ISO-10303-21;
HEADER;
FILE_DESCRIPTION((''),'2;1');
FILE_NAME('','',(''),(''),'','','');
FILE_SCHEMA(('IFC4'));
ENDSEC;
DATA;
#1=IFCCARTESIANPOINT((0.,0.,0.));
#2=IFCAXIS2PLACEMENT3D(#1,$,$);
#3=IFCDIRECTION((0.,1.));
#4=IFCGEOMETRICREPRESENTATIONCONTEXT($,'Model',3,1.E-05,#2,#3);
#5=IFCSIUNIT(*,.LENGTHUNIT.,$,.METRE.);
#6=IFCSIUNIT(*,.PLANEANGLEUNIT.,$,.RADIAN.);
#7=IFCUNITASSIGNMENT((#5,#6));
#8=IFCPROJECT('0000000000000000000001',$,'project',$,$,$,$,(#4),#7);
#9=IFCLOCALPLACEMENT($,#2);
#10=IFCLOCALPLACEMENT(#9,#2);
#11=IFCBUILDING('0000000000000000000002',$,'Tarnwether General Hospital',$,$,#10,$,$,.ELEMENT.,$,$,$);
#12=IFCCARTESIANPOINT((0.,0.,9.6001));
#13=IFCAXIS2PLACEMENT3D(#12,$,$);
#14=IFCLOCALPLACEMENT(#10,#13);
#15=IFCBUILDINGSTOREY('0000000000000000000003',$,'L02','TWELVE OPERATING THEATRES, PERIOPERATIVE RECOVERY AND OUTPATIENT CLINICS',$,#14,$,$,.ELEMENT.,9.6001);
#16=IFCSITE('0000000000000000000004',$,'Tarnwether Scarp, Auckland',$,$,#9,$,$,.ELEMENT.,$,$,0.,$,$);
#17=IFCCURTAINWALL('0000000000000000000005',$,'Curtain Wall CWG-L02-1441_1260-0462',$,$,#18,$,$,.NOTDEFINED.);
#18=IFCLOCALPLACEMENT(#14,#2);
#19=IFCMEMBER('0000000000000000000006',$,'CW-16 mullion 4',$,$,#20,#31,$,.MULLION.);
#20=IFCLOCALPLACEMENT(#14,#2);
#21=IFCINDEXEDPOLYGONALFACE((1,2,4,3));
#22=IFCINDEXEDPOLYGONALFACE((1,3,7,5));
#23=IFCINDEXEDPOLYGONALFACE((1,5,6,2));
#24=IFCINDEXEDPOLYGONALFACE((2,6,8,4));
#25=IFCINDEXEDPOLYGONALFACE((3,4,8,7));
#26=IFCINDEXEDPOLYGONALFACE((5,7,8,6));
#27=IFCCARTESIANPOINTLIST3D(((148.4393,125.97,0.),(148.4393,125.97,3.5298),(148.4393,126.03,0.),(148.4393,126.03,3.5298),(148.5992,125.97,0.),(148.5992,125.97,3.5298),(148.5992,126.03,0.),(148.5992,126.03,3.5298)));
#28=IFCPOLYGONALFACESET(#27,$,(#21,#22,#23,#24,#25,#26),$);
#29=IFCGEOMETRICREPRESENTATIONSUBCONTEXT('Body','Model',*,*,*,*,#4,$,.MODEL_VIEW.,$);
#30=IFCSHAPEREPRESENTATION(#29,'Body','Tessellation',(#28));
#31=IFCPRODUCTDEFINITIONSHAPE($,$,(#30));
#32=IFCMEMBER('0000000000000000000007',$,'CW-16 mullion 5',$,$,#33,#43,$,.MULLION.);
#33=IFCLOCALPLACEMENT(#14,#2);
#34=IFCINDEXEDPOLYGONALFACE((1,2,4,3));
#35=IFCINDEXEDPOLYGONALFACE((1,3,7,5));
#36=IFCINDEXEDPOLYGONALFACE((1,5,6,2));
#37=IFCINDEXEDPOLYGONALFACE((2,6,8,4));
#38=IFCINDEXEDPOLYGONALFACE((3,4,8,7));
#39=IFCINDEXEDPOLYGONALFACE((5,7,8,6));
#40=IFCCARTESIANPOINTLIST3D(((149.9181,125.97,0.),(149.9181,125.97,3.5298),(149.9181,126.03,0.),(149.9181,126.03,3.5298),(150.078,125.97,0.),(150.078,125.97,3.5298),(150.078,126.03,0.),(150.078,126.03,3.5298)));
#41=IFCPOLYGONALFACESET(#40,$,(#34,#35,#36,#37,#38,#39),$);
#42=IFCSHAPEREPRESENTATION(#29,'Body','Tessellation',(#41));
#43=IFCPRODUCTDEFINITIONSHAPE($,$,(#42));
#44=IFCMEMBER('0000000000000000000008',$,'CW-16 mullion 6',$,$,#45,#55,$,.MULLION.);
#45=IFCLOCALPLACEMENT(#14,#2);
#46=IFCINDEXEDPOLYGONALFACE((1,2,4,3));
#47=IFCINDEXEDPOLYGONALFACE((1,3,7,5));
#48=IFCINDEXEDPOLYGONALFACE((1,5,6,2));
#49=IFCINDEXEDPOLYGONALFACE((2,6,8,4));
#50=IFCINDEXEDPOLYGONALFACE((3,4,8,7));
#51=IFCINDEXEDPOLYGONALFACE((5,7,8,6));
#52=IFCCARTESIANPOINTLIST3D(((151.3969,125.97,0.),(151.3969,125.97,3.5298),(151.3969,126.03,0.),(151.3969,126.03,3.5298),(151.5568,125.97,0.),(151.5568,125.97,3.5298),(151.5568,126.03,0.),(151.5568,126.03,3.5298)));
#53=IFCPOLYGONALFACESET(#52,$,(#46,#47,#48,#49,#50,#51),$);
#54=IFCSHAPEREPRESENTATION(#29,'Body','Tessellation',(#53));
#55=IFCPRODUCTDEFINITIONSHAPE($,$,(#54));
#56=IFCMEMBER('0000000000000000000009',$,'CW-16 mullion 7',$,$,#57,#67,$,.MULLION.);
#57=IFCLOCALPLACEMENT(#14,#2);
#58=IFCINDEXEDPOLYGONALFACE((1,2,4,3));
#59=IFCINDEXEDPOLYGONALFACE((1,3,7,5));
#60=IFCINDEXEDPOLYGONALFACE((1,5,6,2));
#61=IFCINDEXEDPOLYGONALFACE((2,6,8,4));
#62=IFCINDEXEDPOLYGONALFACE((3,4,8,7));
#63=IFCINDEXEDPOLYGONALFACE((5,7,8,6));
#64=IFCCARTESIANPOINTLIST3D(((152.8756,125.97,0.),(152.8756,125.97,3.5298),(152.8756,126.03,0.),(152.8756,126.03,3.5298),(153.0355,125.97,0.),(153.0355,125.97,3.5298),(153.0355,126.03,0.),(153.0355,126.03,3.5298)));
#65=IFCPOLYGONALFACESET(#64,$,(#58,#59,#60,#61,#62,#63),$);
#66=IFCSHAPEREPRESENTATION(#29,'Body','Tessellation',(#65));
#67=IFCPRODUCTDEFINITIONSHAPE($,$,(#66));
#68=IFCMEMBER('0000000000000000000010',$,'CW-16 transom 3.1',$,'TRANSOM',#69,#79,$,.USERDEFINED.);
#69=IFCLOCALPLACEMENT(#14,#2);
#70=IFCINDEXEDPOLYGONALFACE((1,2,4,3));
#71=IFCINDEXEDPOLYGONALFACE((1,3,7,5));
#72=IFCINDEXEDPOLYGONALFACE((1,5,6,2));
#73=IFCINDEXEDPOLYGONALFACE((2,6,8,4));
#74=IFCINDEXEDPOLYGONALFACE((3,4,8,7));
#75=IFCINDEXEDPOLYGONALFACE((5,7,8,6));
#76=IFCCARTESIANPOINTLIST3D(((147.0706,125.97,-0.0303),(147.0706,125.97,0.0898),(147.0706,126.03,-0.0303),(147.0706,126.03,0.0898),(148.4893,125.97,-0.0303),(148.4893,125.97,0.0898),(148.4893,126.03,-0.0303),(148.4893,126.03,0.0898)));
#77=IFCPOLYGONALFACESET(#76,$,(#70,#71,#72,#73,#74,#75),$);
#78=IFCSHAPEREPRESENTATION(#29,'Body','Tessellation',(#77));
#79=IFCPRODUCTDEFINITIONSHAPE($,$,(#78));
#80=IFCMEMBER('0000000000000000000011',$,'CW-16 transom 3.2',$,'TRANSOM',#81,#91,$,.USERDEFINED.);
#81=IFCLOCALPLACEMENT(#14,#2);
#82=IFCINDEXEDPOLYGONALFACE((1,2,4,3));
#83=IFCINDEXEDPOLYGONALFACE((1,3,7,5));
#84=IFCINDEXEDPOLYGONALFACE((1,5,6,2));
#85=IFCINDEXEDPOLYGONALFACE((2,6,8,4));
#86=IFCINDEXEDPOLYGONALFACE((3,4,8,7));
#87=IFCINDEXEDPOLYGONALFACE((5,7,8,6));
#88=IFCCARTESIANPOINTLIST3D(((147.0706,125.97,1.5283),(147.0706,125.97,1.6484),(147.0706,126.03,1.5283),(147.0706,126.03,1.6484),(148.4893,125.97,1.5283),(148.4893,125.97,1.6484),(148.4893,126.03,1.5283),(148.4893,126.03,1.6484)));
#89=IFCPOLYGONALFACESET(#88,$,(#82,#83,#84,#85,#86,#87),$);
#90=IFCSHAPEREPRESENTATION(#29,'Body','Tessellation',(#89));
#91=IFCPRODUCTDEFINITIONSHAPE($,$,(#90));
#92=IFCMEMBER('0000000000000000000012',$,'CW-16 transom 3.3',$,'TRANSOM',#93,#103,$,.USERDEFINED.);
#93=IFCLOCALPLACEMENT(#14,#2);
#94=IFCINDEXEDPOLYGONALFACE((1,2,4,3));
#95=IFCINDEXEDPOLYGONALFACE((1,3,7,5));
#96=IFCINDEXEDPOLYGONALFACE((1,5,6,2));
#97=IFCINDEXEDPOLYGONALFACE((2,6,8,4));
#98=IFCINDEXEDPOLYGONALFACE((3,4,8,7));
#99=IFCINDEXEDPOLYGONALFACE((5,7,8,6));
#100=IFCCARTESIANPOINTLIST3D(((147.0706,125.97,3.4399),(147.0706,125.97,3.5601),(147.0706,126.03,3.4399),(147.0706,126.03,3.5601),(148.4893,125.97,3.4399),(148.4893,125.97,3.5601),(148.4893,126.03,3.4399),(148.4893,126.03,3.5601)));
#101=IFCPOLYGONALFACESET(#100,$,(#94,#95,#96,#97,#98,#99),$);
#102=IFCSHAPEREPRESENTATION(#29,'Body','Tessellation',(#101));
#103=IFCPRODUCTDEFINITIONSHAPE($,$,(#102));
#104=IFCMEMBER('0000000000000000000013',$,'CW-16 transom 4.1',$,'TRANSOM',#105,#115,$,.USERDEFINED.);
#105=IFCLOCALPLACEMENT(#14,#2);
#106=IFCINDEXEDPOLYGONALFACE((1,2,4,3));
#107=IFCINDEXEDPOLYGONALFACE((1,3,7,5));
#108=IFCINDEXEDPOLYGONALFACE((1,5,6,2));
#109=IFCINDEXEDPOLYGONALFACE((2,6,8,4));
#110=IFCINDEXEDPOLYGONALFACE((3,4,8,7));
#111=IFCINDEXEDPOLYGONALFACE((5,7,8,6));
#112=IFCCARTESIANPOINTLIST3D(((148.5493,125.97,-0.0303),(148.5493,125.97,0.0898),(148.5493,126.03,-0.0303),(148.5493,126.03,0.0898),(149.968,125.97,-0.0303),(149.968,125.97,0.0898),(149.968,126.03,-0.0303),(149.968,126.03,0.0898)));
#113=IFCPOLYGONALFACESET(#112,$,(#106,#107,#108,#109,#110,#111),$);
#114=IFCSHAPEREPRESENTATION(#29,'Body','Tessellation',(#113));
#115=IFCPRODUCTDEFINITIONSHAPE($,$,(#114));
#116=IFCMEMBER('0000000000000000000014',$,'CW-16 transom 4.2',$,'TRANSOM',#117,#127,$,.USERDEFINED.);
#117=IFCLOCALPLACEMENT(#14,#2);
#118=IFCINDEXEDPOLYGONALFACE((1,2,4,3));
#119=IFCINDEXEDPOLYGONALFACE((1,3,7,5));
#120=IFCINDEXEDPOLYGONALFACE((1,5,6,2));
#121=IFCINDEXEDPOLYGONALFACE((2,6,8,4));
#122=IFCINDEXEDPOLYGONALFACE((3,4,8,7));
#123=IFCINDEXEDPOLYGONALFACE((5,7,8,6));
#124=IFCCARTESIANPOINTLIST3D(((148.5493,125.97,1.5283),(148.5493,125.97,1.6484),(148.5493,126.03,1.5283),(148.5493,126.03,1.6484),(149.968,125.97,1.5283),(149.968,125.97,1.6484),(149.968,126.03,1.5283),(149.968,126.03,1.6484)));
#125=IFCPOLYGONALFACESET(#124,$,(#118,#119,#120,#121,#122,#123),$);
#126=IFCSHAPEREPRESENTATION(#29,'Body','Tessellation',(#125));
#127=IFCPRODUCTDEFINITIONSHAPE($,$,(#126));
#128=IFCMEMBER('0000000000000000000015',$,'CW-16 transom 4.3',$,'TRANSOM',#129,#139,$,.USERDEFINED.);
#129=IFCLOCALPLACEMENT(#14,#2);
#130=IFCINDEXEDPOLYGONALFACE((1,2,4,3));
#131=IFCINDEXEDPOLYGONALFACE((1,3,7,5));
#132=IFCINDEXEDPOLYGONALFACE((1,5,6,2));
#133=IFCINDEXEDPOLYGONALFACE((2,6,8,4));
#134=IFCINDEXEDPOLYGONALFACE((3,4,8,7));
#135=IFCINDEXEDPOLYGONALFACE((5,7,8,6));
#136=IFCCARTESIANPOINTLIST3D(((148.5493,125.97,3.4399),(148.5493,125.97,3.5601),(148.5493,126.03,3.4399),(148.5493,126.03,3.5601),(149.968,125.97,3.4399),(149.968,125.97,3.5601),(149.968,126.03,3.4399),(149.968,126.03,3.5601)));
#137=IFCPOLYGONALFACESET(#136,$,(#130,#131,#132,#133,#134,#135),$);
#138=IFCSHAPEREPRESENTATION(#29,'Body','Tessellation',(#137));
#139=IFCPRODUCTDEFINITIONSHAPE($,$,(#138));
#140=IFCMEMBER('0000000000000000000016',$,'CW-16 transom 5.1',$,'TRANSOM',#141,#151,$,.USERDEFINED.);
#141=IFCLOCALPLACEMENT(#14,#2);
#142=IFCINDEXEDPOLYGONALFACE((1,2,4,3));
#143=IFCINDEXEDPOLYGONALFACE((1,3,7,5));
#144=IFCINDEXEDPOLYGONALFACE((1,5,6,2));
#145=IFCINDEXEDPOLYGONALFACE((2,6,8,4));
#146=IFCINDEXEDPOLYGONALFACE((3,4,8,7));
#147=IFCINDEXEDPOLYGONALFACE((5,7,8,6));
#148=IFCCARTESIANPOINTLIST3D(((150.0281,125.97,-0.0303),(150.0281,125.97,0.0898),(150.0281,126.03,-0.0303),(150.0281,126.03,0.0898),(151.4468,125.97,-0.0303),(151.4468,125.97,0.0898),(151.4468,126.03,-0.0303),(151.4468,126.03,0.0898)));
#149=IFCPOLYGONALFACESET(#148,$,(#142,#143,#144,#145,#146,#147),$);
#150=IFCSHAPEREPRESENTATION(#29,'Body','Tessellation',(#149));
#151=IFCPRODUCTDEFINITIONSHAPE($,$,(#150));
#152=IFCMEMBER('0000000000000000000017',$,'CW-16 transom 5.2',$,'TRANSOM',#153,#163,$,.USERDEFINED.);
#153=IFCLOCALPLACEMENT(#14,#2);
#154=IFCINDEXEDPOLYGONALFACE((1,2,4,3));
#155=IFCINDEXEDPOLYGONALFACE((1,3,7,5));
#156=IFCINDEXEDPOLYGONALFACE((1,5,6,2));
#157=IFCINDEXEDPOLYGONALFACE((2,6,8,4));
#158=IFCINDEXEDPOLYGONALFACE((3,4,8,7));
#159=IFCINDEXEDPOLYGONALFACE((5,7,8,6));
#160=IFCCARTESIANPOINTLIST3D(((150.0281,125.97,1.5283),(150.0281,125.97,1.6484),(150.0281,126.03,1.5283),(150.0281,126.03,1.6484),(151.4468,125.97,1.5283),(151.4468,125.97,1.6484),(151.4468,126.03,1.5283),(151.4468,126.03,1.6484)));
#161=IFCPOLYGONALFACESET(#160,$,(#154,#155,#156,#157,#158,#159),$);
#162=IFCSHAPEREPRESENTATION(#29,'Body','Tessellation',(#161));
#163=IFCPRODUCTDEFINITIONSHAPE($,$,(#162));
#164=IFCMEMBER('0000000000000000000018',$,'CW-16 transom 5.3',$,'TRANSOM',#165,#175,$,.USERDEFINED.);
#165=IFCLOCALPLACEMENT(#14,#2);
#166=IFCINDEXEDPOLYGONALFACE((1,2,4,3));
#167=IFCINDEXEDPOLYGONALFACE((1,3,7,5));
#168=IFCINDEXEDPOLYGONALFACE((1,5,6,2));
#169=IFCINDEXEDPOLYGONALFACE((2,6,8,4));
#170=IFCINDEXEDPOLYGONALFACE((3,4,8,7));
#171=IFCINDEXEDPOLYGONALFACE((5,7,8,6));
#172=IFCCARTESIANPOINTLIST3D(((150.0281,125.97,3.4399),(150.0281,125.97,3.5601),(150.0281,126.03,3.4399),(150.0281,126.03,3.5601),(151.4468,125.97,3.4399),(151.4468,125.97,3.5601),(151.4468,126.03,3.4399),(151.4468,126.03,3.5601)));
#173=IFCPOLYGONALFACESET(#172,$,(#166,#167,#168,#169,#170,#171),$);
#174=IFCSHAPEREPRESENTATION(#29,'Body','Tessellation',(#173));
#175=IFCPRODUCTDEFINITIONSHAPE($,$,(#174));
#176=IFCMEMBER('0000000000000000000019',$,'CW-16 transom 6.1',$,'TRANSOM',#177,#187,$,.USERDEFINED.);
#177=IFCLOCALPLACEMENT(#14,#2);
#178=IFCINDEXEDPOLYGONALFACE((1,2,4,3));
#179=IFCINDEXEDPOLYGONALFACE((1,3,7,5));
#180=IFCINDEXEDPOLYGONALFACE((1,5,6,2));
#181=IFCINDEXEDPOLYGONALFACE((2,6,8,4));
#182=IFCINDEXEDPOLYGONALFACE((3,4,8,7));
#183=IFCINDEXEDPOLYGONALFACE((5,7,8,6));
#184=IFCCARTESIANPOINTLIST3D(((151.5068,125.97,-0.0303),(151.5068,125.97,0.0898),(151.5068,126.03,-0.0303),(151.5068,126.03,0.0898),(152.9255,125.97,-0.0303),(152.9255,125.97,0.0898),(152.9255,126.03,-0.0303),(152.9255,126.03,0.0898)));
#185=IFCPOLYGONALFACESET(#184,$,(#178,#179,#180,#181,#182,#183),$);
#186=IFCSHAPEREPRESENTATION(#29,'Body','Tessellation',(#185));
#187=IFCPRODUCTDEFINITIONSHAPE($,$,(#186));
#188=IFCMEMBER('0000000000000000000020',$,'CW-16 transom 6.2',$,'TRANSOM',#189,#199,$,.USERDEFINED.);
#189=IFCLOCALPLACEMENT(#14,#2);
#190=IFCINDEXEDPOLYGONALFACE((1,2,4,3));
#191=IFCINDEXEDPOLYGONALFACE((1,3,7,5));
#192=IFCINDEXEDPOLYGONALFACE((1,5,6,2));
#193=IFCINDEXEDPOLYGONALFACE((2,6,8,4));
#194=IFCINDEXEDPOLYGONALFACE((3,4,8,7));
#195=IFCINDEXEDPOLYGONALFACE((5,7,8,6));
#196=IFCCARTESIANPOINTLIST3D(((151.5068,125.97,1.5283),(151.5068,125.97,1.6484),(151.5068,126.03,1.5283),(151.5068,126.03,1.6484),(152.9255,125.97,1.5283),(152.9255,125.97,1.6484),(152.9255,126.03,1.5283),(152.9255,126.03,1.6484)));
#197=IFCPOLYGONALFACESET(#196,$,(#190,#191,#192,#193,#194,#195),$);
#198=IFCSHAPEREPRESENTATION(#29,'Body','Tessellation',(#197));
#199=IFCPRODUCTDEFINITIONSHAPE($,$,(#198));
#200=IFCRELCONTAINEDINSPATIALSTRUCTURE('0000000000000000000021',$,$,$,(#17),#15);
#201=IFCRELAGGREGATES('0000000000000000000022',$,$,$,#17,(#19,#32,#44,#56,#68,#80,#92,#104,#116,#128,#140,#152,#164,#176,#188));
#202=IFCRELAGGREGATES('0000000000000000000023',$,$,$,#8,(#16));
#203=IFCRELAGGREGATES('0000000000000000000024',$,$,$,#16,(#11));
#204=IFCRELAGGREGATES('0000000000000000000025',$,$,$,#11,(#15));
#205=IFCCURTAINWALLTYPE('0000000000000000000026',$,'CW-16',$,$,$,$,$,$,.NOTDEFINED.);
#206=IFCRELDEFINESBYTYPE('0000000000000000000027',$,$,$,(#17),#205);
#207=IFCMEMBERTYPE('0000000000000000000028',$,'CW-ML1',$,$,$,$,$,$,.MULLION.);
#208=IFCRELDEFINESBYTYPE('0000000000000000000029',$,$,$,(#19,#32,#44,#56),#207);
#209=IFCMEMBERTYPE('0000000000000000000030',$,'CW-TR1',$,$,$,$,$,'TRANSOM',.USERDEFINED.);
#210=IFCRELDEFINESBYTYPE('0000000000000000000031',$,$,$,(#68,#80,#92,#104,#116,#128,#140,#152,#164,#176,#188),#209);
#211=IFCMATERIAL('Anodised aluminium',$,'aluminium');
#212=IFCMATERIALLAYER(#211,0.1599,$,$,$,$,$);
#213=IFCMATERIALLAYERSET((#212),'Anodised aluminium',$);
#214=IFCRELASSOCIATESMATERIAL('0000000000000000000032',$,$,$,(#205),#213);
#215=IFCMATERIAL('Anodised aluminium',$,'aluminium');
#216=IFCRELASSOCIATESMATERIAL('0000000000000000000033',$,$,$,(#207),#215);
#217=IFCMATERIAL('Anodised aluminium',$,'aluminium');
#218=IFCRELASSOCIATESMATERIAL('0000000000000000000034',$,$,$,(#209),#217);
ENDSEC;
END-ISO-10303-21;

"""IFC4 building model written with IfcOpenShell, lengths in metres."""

from ifc_helpers import new_model, si_unit, direction, frame, origin, origin_2d, place, context, subcontext, project, spatial, rectangle, extrude, material, layer, layer_set, material_profile, profile_set, type_object, element, aggregate, save


model = new_model("IFC4")

# Units and contexts
model_context = context("Model", 3, precision=1e-05, world=origin(), true_north=direction((0.0, 1.0)))
body_context = subcontext(model_context, "Body", "Model", "MODEL_VIEW")
ifc_project = project(units=[si_unit("LENGTHUNIT", "METRE"), si_unit("PLANEANGLEUNIT", "RADIAN")], contexts=[model_context])

# Site, building, storey
site_placement = place(None, origin())
site = spatial("IfcSite", under=ifc_project, at=site_placement, Name="Tarnwether Scarp, Auckland", CompositionType="ELEMENT", RefElevation=0.0)
building_placement = place(site_placement, origin())
building = spatial("IfcBuilding", under=site, at=building_placement, Name="Tarnwether General Hospital", CompositionType="ELEMENT")
storey_placement = place(building_placement, frame((0.0, 0.0, 9.6001)))
storey = spatial("IfcBuildingStorey", under=building, at=storey_placement, Name="L02", Description="TWELVE OPERATING THEATRES, PERIOPERATIVE RECOVERY AND OUTPATIENT CLINICS", CompositionType="ELEMENT", Elevation=9.6001)

# Curtain wall, members
ifc_material_1 = material(Name="Anodised aluminium", Category="aluminium")
ifc_layer_1 = layer(ifc_material_1, 0.1599)
ifc_layer_set_1 = layer_set([ifc_layer_1], Name="Anodised aluminium")
curtain_wall_type = type_object("IfcCurtainWallType", Name="CW-16", PredefinedType="NOTDEFINED", material=ifc_layer_set_1)
curtain_wall_placement = place(storey_placement, origin())
curtain_wall = element("IfcCurtainWall", 1, at=curtain_wall_placement, inside=storey, type_object=curtain_wall_type, Name="Curtain Wall CWG-L02-1441_1260-0462", PredefinedType="NOTDEFINED")
ifc_material_2 = material(Name="Anodised aluminium", Category="aluminium")
ifc_material_profile_1 = material_profile(ifc_material_2, rectangle(XDim=0.0601, YDim=0.1599, at=origin_2d()), Name="ALU-MUL-60x160")
ifc_profile_set_1 = profile_set([ifc_material_profile_1], Name="Anodised aluminium")
member_type_1 = type_object("IfcMemberType", Name="CW-ML1", PredefinedType="MULLION", material=ifc_profile_set_1)
member_1_placement = place(storey_placement, frame((148.5193, 126.0, 0.0), z_axis=(0.0, 0.0, 1.0), x_axis=(0.0, 1.0, 0.0)))
member_1 = element("IfcMember", 2, at=member_1_placement, type_object=member_type_1, Name="CW-16 mullion 4", PredefinedType="MULLION", context=body_context, shape_type="SweptSolid", body=[
    extrude(rectangle(XDim=0.0601, YDim=0.1599, at=origin_2d()), origin(), (0.0, 0.0, 1.0), 3.5298),
])
member_2_placement = place(storey_placement, frame((149.998, 126.0, 0.0), z_axis=(0.0, 0.0, 1.0), x_axis=(0.0, 1.0, 0.0)))
member_2 = element("IfcMember", 3, at=member_2_placement, type_object=member_type_1, Name="CW-16 mullion 5", PredefinedType="MULLION", context=body_context, shape_type="SweptSolid", body=[
    extrude(rectangle(XDim=0.0601, YDim=0.1599, at=origin_2d()), origin(), (0.0, 0.0, 1.0), 3.5298),
])
member_3_placement = place(storey_placement, frame((151.4768, 126.0, 0.0), z_axis=(0.0, 0.0, 1.0), x_axis=(0.0, 1.0, 0.0)))
member_3 = element("IfcMember", 4, at=member_3_placement, type_object=member_type_1, Name="CW-16 mullion 6", PredefinedType="MULLION", context=body_context, shape_type="SweptSolid", body=[
    extrude(rectangle(XDim=0.0601, YDim=0.1599, at=origin_2d()), origin(), (0.0, 0.0, 1.0), 3.5298),
])
member_4_placement = place(storey_placement, frame((152.9556, 126.0, 0.0), z_axis=(0.0, 0.0, 1.0), x_axis=(0.0, 1.0, 0.0)))
member_4 = element("IfcMember", 5, at=member_4_placement, type_object=member_type_1, Name="CW-16 mullion 7", PredefinedType="MULLION", context=body_context, shape_type="SweptSolid", body=[
    extrude(rectangle(XDim=0.0601, YDim=0.1599, at=origin_2d()), origin(), (0.0, 0.0, 1.0), 3.5298),
])
ifc_material_3 = material(Name="Anodised aluminium", Category="aluminium")
ifc_material_profile_2 = material_profile(ifc_material_3, rectangle(XDim=0.0601, YDim=0.1201, at=origin_2d()), Name="ALU-TRN-60x120")
ifc_profile_set_2 = profile_set([ifc_material_profile_2], Name="Anodised aluminium")
member_type_2 = type_object("IfcMemberType", Name="CW-TR1", ElementType="TRANSOM", PredefinedType="USERDEFINED", material=ifc_profile_set_2)
member_5_placement = place(storey_placement, frame((147.0706, 126.0, 0.0298), z_axis=(1.0, 0.0, 0.0), x_axis=(0.0, 1.0, 0.0)))
member_5 = element("IfcMember", 6, at=member_5_placement, type_object=member_type_2, Name="CW-16 transom 3.1", ObjectType="TRANSOM", PredefinedType="USERDEFINED", context=body_context, shape_type="SweptSolid", body=[
    extrude(rectangle(XDim=0.0601, YDim=0.1201, at=origin_2d()), origin(), (0.0, 0.0, 1.0), 1.4187),
])
member_6_placement = place(storey_placement, frame((147.0706, 126.0, 1.5884), z_axis=(1.0, 0.0, 0.0), x_axis=(0.0, 1.0, 0.0)))
member_6 = element("IfcMember", 7, at=member_6_placement, type_object=member_type_2, Name="CW-16 transom 3.2", ObjectType="TRANSOM", PredefinedType="USERDEFINED", context=body_context, shape_type="SweptSolid", body=[
    extrude(rectangle(XDim=0.0601, YDim=0.1201, at=origin_2d()), origin(), (0.0, 0.0, 1.0), 1.4187),
])
member_7_placement = place(storey_placement, frame((147.0706, 126.0, 3.5), z_axis=(1.0, 0.0, 0.0), x_axis=(0.0, 1.0, 0.0)))
member_7 = element("IfcMember", 8, at=member_7_placement, type_object=member_type_2, Name="CW-16 transom 3.3", ObjectType="TRANSOM", PredefinedType="USERDEFINED", context=body_context, shape_type="SweptSolid", body=[
    extrude(rectangle(XDim=0.0601, YDim=0.1201, at=origin_2d()), origin(), (0.0, 0.0, 1.0), 1.4187),
])
member_8_placement = place(storey_placement, frame((148.5493, 126.0, 0.0298), z_axis=(1.0, 0.0, 0.0), x_axis=(0.0, 1.0, 0.0)))
member_8 = element("IfcMember", 9, at=member_8_placement, type_object=member_type_2, Name="CW-16 transom 4.1", ObjectType="TRANSOM", PredefinedType="USERDEFINED", context=body_context, shape_type="SweptSolid", body=[
    extrude(rectangle(XDim=0.0601, YDim=0.1201, at=origin_2d()), origin(), (0.0, 0.0, 1.0), 1.4187),
])
member_9_placement = place(storey_placement, frame((148.5493, 126.0, 1.5884), z_axis=(1.0, 0.0, 0.0), x_axis=(0.0, 1.0, 0.0)))
member_9 = element("IfcMember", 10, at=member_9_placement, type_object=member_type_2, Name="CW-16 transom 4.2", ObjectType="TRANSOM", PredefinedType="USERDEFINED", context=body_context, shape_type="SweptSolid", body=[
    extrude(rectangle(XDim=0.0601, YDim=0.1201, at=origin_2d()), origin(), (0.0, 0.0, 1.0), 1.4187),
])
member_10_placement = place(storey_placement, frame((148.5493, 126.0, 3.5), z_axis=(1.0, 0.0, 0.0), x_axis=(0.0, 1.0, 0.0)))
member_10 = element("IfcMember", 11, at=member_10_placement, type_object=member_type_2, Name="CW-16 transom 4.3", ObjectType="TRANSOM", PredefinedType="USERDEFINED", context=body_context, shape_type="SweptSolid", body=[
    extrude(rectangle(XDim=0.0601, YDim=0.1201, at=origin_2d()), origin(), (0.0, 0.0, 1.0), 1.4187),
])
member_11_placement = place(storey_placement, frame((150.0281, 126.0, 0.0298), z_axis=(1.0, 0.0, 0.0), x_axis=(0.0, 1.0, 0.0)))
member_11 = element("IfcMember", 12, at=member_11_placement, type_object=member_type_2, Name="CW-16 transom 5.1", ObjectType="TRANSOM", PredefinedType="USERDEFINED", context=body_context, shape_type="SweptSolid", body=[
    extrude(rectangle(XDim=0.0601, YDim=0.1201, at=origin_2d()), origin(), (0.0, 0.0, 1.0), 1.4187),
])
member_12_placement = place(storey_placement, frame((150.0281, 126.0, 1.5884), z_axis=(1.0, 0.0, 0.0), x_axis=(0.0, 1.0, 0.0)))
member_12 = element("IfcMember", 13, at=member_12_placement, type_object=member_type_2, Name="CW-16 transom 5.2", ObjectType="TRANSOM", PredefinedType="USERDEFINED", context=body_context, shape_type="SweptSolid", body=[
    extrude(rectangle(XDim=0.0601, YDim=0.1201, at=origin_2d()), origin(), (0.0, 0.0, 1.0), 1.4187),
])
member_13_placement = place(storey_placement, frame((150.0281, 126.0, 3.5), z_axis=(1.0, 0.0, 0.0), x_axis=(0.0, 1.0, 0.0)))
member_13 = element("IfcMember", 14, at=member_13_placement, type_object=member_type_2, Name="CW-16 transom 5.3", ObjectType="TRANSOM", PredefinedType="USERDEFINED", context=body_context, shape_type="SweptSolid", body=[
    extrude(rectangle(XDim=0.0601, YDim=0.1201, at=origin_2d()), origin(), (0.0, 0.0, 1.0), 1.4187),
])
member_14_placement = place(storey_placement, frame((151.5068, 126.0, 0.0298), z_axis=(1.0, 0.0, 0.0), x_axis=(0.0, 1.0, 0.0)))
member_14 = element("IfcMember", 15, at=member_14_placement, type_object=member_type_2, Name="CW-16 transom 6.1", ObjectType="TRANSOM", PredefinedType="USERDEFINED", context=body_context, shape_type="SweptSolid", body=[
    extrude(rectangle(XDim=0.0601, YDim=0.1201, at=origin_2d()), origin(), (0.0, 0.0, 1.0), 1.4187),
])
member_15_placement = place(storey_placement, frame((151.5068, 126.0, 1.5884), z_axis=(1.0, 0.0, 0.0), x_axis=(0.0, 1.0, 0.0)))
member_15 = element("IfcMember", 16, at=member_15_placement, type_object=member_type_2, Name="CW-16 transom 6.2", ObjectType="TRANSOM", PredefinedType="USERDEFINED", context=body_context, shape_type="SweptSolid", body=[
    extrude(rectangle(XDim=0.0601, YDim=0.1201, at=origin_2d()), origin(), (0.0, 0.0, 1.0), 1.4187),
])
aggregate(curtain_wall, [member_1, member_2, member_3, member_4, member_5, member_6, member_7, member_8, member_9, member_10, member_11, member_12, member_13, member_14, member_15])

save(model, "model.ifc")
